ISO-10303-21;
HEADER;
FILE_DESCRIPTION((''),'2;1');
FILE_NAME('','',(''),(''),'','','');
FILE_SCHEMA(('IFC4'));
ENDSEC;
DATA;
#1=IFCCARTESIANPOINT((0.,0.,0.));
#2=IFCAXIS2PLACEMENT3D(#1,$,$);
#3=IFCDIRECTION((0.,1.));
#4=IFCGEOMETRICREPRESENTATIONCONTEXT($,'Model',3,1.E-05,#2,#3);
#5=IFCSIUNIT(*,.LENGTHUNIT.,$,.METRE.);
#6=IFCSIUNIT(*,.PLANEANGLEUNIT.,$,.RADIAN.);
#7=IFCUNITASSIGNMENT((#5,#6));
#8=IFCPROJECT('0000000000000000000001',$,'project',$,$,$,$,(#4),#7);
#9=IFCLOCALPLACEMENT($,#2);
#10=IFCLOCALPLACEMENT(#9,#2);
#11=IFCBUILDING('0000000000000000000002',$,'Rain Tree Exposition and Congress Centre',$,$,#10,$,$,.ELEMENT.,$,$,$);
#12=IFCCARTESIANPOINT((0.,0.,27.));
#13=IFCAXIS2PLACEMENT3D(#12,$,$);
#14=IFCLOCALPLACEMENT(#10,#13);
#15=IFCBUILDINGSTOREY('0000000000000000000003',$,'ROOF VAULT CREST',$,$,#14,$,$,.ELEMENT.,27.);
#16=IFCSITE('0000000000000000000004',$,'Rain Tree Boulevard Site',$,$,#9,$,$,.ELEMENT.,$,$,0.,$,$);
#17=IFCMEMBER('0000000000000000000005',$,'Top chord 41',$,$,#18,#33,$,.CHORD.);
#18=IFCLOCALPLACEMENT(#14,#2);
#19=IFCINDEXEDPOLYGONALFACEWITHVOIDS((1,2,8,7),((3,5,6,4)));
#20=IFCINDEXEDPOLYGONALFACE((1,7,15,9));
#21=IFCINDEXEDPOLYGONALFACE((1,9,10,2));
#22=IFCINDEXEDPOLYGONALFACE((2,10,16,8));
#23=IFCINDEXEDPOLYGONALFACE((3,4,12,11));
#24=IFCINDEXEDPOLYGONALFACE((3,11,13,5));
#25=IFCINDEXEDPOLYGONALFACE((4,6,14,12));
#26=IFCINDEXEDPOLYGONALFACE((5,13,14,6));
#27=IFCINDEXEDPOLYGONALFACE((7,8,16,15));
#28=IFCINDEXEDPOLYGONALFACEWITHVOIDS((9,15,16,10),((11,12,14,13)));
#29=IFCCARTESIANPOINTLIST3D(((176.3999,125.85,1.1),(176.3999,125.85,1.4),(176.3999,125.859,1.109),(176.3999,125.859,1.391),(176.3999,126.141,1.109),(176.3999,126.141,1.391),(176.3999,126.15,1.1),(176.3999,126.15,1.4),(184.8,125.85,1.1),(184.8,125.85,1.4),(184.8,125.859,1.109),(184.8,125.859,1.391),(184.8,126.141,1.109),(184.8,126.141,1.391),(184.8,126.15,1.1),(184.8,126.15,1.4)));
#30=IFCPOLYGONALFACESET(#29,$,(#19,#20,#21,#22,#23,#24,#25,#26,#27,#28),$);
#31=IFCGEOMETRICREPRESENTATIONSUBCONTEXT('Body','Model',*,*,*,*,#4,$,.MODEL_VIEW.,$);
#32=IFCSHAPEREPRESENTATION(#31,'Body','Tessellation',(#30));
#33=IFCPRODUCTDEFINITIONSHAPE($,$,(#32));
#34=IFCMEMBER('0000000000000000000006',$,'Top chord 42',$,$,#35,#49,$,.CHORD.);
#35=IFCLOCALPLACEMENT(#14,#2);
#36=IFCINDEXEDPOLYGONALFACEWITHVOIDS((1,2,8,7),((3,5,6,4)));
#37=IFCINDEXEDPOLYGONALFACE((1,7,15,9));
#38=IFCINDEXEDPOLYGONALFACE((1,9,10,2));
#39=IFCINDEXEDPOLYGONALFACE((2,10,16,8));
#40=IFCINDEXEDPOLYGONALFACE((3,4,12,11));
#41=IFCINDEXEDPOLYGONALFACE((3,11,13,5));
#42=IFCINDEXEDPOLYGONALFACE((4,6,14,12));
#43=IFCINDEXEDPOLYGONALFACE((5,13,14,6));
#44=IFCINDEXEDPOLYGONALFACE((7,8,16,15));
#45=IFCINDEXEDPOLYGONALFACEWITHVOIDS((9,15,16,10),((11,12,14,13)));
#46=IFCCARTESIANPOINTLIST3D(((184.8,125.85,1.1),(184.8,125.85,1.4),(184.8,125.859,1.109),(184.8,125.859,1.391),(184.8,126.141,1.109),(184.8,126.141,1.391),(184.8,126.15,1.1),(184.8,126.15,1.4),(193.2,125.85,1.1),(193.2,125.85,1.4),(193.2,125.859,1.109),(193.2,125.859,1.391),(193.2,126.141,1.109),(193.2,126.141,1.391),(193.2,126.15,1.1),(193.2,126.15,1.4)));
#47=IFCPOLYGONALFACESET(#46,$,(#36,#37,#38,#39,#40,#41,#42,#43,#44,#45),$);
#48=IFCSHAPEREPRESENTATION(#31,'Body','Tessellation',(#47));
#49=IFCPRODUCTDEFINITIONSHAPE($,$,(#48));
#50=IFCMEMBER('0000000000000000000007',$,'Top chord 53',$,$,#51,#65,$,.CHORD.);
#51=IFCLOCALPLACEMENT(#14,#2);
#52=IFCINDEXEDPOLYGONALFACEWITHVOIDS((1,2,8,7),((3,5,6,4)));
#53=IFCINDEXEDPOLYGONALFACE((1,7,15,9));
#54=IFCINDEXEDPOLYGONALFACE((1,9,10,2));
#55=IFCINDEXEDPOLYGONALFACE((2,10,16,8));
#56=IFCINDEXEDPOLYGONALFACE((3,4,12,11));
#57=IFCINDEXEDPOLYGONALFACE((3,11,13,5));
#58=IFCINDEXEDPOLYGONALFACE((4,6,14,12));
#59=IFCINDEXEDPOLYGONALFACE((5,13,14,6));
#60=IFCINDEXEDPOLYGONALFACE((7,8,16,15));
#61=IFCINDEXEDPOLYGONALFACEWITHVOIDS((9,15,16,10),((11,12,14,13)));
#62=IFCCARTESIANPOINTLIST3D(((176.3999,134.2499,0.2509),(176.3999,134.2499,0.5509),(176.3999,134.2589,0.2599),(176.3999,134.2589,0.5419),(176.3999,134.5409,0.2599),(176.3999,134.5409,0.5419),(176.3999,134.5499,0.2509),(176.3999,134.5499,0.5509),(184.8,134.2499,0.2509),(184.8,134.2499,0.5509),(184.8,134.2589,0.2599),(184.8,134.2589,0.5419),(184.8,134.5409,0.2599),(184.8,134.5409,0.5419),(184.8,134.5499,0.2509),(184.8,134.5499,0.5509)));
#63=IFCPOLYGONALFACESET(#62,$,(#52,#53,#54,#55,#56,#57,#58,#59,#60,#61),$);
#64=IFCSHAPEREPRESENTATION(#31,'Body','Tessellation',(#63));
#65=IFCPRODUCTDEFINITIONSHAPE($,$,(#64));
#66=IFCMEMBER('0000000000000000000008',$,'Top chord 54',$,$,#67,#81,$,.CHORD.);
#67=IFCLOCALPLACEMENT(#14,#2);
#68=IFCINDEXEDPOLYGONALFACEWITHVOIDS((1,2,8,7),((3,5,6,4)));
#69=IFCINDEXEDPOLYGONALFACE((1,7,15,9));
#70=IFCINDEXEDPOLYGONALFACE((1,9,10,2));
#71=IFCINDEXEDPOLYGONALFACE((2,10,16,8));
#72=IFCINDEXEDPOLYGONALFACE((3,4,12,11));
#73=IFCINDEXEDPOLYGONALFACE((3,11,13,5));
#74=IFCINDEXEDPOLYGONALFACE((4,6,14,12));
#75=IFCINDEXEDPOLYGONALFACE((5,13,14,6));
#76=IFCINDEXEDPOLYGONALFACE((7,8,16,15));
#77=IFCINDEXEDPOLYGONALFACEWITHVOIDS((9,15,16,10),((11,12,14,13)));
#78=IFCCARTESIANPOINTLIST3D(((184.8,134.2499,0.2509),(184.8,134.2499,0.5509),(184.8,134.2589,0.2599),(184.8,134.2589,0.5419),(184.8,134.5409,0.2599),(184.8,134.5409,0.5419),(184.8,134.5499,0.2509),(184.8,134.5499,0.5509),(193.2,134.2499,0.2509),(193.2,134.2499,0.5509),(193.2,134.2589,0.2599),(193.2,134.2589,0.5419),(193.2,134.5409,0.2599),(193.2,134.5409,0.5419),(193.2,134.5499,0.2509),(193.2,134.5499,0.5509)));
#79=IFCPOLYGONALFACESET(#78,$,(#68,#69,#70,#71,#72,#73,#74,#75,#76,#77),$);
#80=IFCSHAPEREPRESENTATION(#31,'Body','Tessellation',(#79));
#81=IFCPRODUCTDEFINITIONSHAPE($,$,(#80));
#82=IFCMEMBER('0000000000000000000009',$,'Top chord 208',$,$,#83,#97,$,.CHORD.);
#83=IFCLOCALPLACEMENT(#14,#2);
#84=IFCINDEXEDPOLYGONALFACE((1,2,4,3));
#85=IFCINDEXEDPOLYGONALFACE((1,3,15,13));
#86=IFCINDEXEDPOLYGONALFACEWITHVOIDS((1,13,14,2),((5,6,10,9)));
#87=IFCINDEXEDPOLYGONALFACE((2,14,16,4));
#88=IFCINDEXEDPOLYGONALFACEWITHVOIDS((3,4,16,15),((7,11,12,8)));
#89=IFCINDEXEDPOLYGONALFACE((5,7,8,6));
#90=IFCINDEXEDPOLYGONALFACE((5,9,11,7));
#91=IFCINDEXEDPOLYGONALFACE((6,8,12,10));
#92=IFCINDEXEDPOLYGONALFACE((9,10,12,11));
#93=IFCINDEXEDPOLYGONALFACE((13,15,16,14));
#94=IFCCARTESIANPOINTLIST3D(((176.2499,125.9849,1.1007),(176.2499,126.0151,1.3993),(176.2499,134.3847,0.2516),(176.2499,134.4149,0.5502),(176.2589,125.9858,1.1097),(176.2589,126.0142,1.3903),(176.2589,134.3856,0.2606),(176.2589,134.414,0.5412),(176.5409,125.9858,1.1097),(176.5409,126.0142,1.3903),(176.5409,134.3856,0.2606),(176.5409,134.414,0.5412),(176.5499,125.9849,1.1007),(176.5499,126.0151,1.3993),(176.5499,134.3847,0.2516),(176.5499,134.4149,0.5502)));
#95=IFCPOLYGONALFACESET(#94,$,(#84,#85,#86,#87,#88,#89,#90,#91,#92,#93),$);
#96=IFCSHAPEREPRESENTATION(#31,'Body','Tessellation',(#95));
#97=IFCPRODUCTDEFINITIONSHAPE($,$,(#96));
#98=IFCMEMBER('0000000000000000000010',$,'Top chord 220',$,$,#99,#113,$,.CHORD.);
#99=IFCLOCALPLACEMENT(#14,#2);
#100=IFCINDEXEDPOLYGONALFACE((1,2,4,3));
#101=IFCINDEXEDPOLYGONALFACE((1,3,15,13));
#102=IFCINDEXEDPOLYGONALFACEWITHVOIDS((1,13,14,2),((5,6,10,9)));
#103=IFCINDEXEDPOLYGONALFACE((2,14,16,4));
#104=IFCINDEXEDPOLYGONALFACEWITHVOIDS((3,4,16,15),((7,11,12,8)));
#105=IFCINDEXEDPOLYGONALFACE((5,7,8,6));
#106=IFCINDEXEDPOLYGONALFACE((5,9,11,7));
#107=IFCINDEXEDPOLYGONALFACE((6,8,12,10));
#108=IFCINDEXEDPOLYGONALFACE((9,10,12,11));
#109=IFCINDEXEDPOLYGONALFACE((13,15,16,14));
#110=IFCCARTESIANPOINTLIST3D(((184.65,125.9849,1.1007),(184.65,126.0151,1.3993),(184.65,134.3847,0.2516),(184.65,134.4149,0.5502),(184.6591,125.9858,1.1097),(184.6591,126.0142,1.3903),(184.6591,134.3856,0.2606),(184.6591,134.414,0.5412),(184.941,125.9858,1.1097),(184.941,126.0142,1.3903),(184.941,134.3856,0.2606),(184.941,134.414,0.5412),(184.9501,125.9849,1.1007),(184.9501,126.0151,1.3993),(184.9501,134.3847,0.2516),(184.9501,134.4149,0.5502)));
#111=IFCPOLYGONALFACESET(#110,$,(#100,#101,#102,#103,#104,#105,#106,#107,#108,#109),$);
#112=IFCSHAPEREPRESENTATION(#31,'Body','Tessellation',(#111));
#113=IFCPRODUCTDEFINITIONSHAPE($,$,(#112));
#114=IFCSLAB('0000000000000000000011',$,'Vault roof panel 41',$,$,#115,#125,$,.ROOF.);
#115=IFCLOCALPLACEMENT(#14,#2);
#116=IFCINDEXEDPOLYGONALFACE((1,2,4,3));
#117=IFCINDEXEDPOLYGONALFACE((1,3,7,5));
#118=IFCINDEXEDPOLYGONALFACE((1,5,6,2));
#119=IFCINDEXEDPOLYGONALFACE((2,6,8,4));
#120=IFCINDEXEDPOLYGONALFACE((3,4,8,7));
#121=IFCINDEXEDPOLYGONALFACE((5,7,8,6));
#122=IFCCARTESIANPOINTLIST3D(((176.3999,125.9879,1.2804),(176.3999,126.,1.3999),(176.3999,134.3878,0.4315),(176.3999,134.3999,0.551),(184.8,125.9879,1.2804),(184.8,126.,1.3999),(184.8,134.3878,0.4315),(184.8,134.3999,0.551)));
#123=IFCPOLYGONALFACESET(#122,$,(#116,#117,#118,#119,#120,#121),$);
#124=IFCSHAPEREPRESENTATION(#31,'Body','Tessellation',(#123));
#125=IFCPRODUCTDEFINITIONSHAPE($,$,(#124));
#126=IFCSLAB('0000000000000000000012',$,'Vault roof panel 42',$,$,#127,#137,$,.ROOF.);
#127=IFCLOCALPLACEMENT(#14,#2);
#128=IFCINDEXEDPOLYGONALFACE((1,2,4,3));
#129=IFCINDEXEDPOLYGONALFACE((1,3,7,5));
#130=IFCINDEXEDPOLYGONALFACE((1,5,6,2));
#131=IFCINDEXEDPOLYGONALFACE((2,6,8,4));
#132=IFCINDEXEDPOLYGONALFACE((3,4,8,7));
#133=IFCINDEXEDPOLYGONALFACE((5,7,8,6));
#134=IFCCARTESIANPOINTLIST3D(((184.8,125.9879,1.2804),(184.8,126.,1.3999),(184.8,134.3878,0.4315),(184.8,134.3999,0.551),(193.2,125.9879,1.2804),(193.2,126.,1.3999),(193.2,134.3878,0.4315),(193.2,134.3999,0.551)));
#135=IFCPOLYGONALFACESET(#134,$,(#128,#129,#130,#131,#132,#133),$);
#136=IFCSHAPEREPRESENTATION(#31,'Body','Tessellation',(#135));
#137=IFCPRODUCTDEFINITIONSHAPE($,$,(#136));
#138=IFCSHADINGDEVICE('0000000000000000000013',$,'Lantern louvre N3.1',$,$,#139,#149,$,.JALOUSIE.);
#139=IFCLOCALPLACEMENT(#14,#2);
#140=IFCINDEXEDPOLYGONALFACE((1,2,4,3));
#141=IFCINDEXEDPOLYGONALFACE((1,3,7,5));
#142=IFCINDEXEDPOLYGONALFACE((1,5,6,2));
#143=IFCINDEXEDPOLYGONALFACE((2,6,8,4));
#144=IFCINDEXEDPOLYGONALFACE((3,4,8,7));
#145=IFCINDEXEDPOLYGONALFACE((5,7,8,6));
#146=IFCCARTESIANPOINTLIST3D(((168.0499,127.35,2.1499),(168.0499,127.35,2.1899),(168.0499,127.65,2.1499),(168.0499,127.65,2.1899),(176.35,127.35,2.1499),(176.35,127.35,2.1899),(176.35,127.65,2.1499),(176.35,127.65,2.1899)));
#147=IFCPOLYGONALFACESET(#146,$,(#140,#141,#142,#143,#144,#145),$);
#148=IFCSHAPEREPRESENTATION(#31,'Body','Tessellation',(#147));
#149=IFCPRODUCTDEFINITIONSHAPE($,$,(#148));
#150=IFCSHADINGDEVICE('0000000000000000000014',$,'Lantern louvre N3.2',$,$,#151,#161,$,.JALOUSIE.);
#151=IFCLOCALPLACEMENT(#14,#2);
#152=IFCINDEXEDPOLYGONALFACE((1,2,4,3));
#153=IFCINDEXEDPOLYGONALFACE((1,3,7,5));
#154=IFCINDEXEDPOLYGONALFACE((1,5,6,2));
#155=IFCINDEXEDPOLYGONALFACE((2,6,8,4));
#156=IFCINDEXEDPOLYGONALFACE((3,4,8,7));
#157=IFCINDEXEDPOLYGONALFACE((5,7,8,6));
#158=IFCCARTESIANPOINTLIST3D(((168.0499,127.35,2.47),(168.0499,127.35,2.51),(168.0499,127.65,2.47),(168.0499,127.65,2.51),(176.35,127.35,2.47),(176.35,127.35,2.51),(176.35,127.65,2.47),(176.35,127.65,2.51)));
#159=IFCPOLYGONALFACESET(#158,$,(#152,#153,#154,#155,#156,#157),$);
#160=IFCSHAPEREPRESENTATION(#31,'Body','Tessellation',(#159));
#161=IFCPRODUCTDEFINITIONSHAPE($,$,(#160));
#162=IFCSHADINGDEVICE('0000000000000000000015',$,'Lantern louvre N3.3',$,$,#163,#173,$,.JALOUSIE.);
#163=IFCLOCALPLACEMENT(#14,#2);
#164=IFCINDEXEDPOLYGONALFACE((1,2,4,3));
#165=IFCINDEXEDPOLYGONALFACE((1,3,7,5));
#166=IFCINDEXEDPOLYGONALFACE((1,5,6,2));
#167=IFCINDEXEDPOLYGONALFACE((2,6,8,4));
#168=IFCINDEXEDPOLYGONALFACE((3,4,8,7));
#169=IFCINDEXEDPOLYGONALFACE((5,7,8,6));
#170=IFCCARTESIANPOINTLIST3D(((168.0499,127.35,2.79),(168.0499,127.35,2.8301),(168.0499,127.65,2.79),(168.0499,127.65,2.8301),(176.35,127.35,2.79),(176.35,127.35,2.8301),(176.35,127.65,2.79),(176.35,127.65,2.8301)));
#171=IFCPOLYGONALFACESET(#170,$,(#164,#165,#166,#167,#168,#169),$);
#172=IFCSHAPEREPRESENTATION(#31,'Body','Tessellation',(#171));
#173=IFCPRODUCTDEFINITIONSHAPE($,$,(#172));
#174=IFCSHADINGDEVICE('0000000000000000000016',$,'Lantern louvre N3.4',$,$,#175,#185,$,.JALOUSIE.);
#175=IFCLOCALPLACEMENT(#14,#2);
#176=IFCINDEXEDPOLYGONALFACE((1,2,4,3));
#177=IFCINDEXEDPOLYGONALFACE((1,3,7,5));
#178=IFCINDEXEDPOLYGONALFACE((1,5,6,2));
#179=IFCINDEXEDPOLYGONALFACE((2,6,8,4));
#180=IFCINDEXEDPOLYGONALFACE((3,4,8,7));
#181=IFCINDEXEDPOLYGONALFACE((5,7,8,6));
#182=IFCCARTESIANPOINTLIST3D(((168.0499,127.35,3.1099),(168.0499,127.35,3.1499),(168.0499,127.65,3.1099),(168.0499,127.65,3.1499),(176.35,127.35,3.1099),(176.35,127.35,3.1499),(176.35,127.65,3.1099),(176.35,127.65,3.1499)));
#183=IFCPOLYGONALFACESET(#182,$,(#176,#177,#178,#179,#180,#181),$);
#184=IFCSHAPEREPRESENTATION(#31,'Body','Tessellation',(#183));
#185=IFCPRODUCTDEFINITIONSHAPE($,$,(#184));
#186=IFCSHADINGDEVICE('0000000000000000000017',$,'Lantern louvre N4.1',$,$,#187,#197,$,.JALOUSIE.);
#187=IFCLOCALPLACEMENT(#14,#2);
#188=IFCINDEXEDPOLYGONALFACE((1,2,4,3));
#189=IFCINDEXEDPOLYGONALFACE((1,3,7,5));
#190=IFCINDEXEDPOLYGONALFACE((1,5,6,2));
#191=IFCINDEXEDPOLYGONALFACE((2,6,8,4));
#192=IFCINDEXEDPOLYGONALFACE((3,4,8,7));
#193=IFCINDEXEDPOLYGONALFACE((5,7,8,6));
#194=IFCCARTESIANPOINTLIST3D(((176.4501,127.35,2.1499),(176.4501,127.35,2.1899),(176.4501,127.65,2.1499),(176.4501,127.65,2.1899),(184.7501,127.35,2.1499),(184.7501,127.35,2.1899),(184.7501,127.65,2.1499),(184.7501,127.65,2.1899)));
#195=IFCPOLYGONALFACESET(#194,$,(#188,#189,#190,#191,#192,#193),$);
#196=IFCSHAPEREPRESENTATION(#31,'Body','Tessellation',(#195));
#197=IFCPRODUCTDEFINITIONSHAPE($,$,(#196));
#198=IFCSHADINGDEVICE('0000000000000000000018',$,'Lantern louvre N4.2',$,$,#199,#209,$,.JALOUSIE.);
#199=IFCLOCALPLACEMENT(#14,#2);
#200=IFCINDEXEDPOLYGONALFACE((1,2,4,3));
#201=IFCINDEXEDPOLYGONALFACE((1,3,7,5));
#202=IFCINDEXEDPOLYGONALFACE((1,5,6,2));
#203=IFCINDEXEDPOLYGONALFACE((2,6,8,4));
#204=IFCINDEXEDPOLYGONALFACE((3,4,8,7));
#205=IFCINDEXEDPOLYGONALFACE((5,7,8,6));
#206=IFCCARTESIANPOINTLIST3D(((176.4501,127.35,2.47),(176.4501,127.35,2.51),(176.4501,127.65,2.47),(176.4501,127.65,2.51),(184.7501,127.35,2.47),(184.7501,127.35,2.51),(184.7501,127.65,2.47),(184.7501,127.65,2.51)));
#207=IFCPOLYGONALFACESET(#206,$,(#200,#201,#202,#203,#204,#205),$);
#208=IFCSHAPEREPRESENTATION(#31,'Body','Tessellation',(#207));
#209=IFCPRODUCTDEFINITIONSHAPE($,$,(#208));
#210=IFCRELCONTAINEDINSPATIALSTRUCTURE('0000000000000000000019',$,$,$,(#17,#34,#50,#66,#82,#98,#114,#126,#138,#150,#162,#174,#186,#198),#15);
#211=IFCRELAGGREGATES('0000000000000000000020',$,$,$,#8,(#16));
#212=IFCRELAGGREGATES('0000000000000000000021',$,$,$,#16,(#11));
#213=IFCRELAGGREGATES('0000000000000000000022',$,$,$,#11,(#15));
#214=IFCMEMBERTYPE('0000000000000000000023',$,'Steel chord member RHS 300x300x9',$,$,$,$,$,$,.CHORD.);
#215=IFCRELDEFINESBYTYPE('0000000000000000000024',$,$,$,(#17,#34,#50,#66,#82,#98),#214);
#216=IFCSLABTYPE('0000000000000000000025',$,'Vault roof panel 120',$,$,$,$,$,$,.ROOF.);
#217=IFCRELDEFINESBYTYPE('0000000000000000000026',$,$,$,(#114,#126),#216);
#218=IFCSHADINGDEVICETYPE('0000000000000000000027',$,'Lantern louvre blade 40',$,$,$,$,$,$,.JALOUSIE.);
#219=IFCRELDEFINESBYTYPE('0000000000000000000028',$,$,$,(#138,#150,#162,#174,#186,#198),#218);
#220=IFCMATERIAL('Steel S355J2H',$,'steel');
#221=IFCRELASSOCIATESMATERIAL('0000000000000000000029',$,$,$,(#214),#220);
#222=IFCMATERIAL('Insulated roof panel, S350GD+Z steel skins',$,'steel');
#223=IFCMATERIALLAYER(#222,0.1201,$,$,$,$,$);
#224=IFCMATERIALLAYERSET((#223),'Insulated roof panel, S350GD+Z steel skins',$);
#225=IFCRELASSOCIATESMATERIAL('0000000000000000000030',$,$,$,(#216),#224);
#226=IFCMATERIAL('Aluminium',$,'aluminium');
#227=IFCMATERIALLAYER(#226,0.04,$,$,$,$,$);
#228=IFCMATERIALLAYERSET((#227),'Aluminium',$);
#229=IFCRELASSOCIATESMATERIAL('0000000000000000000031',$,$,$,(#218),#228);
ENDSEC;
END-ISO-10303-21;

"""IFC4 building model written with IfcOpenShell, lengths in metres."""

from ifc_helpers import new_model, si_unit, direction, frame, origin, origin_2d, place, context, subcontext, project, spatial, polyline, rectangle, hollow_rectangle, outline, extrude, material, layer, layer_set, material_profile, profile_set, type_object, element, save


model = new_model("IFC4")

# Units and contexts
model_context = context("Model", 3, precision=1e-05, world=origin(), true_north=direction((0.0, 1.0)))
body_context = subcontext(model_context, "Body", "Model", "MODEL_VIEW")
ifc_project = project(units=[si_unit("LENGTHUNIT", "METRE"), si_unit("PLANEANGLEUNIT", "RADIAN")], contexts=[model_context])

# Site, building, storey
site_placement = place(None, origin())
site = spatial("IfcSite", under=ifc_project, at=site_placement, Name="Rain Tree Boulevard Site", CompositionType="ELEMENT", RefElevation=0.0)
building_placement = place(site_placement, origin())
building = spatial("IfcBuilding", under=site, at=building_placement, Name="Rain Tree Exposition and Congress Centre", CompositionType="ELEMENT")
storey_placement = place(building_placement, frame((0.0, 0.0, 27.0)))
storey = spatial("IfcBuildingStorey", under=building, at=storey_placement, Name="ROOF VAULT CREST", CompositionType="ELEMENT", Elevation=27.0)

# Members
ifc_material_1 = material(Name="Steel S355J2H", Category="steel")
ifc_material_profile_1 = material_profile(ifc_material_1, hollow_rectangle(XDim=0.3, YDim=0.3, WallThickness=0.009, at=origin_2d()), Name="RHS 300x300x9")
ifc_profile_set_1 = profile_set([ifc_material_profile_1], Name="Steel S355J2H")
member_type = type_object("IfcMemberType", Name="Steel chord member RHS 300x300x9", PredefinedType="CHORD", material=ifc_profile_set_1)
member_1_placement = place(storey_placement, frame((176.3999, 126.0, 1.25), z_axis=(1.0, 0.0, 0.0), x_axis=(0.0, 1.0, 0.0)))
element("IfcMember", 1, at=member_1_placement, inside=storey, type_object=member_type, Name="Top chord 41", PredefinedType="CHORD", context=body_context, shape_type="SweptSolid", body=[
    extrude(hollow_rectangle(XDim=0.3, YDim=0.3, WallThickness=0.009, at=origin_2d()), origin(), (0.0, 0.0, 1.0), 8.4001),
])
member_2_placement = place(storey_placement, frame((184.8, 126.0, 1.25), z_axis=(1.0, 0.0, 0.0), x_axis=(0.0, 1.0, 0.0)))
element("IfcMember", 2, at=member_2_placement, inside=storey, type_object=member_type, Name="Top chord 42", PredefinedType="CHORD", context=body_context, shape_type="SweptSolid", body=[
    extrude(hollow_rectangle(XDim=0.3, YDim=0.3, WallThickness=0.009, at=origin_2d()), origin(), (0.0, 0.0, 1.0), 8.3999),
])
member_3_placement = place(storey_placement, frame((176.3999, 134.3999, 0.4009), z_axis=(1.0, 0.0, 0.0), x_axis=(0.0, 1.0, 0.0)))
element("IfcMember", 3, at=member_3_placement, inside=storey, type_object=member_type, Name="Top chord 53", PredefinedType="CHORD", context=body_context, shape_type="SweptSolid", body=[
    extrude(hollow_rectangle(XDim=0.3, YDim=0.3, WallThickness=0.009, at=origin_2d()), origin(), (0.0, 0.0, 1.0), 8.4001),
])
member_4_placement = place(storey_placement, frame((184.8, 134.3999, 0.4009), z_axis=(1.0, 0.0, 0.0), x_axis=(0.0, 1.0, 0.0)))
element("IfcMember", 4, at=member_4_placement, inside=storey, type_object=member_type, Name="Top chord 54", PredefinedType="CHORD", context=body_context, shape_type="SweptSolid", body=[
    extrude(hollow_rectangle(XDim=0.3, YDim=0.3, WallThickness=0.009, at=origin_2d()), origin(), (0.0, 0.0, 1.0), 8.3999),
])
for number, where, z_axis, x_axis, name in (
    (5, (176.3999, 126.0, 1.25), (0.0, 0.99493, -0.100574), (-1.0, 0.0, 0.0), "Top chord 208"),
    (6, (184.8, 126.0, 1.25), (0.0, 0.99493, -0.100574), (-1.0, 0.0, 0.0), "Top chord 220"),
):
    element("IfcMember", number, at=place(storey_placement, frame(where, z_axis=z_axis, x_axis=x_axis)), inside=storey, type_object=member_type, Name=name, PredefinedType="CHORD", context=body_context, shape_type="SweptSolid", body=[
        extrude(hollow_rectangle(XDim=0.3, YDim=0.3, WallThickness=0.009, at=origin_2d()), origin(), (0.0, 0.0, 1.0), 8.4426),
    ])

# Slabs
ifc_material_2 = material(Name="Insulated roof panel, S350GD+Z steel skins", Category="steel")
ifc_layer_1 = layer(ifc_material_2, 0.1201)
ifc_layer_set_1 = layer_set([ifc_layer_1], Name="Insulated roof panel, S350GD+Z steel skins")
slab_type = type_object("IfcSlabType", Name="Vault roof panel 120", PredefinedType="ROOF", material=ifc_layer_set_1)
slab_1_placement = place(storey_placement, frame((176.3999, 126.0, 1.3999), z_axis=(0.0, 0.100546, 0.994932), x_axis=(1.0, 0.0, 0.0)))
element("IfcSlab", 7, at=slab_1_placement, inside=storey, type_object=slab_type, Name="Vault roof panel 41", PredefinedType="ROOF", context=body_context, shape_type="SweptSolid", body=[
    extrude(outline(polyline([(0.0, 0.0), (8.4001, 0.0), (8.4001, 8.4427), (0.0, 8.4427), (0.0, 0.0)])), origin(), (0.0, 0.0, -1.0), 0.1201),
])
slab_2_placement = place(storey_placement, frame((184.8, 126.0, 1.3999), z_axis=(0.0, 0.100546, 0.994932), x_axis=(1.0, 0.0, 0.0)))
element("IfcSlab", 8, at=slab_2_placement, inside=storey, type_object=slab_type, Name="Vault roof panel 42", PredefinedType="ROOF", context=body_context, shape_type="SweptSolid", body=[
    extrude(outline(polyline([(0.0, 0.0), (8.3999, 0.0), (8.3999, 8.4427), (0.0, 8.4427), (0.0, 0.0)])), origin(), (0.0, 0.0, -1.0), 0.1201),
])

# Shading devices
ifc_material_3 = material(Name="Aluminium", Category="aluminium")
ifc_layer_2 = layer(ifc_material_3, 0.04)
ifc_layer_set_2 = layer_set([ifc_layer_2], Name="Aluminium")
shading_device_type = type_object("IfcShadingDeviceType", Name="Lantern louvre blade 40", PredefinedType="JALOUSIE", material=ifc_layer_set_2)
for number, where, z_axis, x_axis, name in (
    (9, (172.2, 127.5, 2.1499), (0.0, 0.0, 1.0), (1.0, 0.0, 0.0), "Lantern louvre N3.1"),
    (10, (172.2, 127.5, 2.47), (0.0, 0.0, 1.0), (1.0, 0.0, 0.0), "Lantern louvre N3.2"),
    (11, (172.2, 127.5, 2.79), (0.0, 0.0, 1.0), (1.0, 0.0, 0.0), "Lantern louvre N3.3"),
    (12, (172.2, 127.5, 3.1099), (0.0, 0.0, 1.0), (1.0, 0.0, 0.0), "Lantern louvre N3.4"),
    (13, (180.6001, 127.5, 2.1499), (0.0, 0.0, 1.0), (1.0, 0.0, 0.0), "Lantern louvre N4.1"),
    (14, (180.6001, 127.5, 2.47), (0.0, 0.0, 1.0), (1.0, 0.0, 0.0), "Lantern louvre N4.2"),
):
    element("IfcShadingDevice", number, at=place(storey_placement, frame(where, z_axis=z_axis, x_axis=x_axis)), inside=storey, type_object=shading_device_type, Name=name, PredefinedType="JALOUSIE", context=body_context, shape_type="SweptSolid", body=[
        extrude(rectangle(XDim=8.3, YDim=0.3, at=origin_2d()), origin(), (0.0, 0.0, 1.0), 0.04),
    ])

save(model, "model.ifc")
